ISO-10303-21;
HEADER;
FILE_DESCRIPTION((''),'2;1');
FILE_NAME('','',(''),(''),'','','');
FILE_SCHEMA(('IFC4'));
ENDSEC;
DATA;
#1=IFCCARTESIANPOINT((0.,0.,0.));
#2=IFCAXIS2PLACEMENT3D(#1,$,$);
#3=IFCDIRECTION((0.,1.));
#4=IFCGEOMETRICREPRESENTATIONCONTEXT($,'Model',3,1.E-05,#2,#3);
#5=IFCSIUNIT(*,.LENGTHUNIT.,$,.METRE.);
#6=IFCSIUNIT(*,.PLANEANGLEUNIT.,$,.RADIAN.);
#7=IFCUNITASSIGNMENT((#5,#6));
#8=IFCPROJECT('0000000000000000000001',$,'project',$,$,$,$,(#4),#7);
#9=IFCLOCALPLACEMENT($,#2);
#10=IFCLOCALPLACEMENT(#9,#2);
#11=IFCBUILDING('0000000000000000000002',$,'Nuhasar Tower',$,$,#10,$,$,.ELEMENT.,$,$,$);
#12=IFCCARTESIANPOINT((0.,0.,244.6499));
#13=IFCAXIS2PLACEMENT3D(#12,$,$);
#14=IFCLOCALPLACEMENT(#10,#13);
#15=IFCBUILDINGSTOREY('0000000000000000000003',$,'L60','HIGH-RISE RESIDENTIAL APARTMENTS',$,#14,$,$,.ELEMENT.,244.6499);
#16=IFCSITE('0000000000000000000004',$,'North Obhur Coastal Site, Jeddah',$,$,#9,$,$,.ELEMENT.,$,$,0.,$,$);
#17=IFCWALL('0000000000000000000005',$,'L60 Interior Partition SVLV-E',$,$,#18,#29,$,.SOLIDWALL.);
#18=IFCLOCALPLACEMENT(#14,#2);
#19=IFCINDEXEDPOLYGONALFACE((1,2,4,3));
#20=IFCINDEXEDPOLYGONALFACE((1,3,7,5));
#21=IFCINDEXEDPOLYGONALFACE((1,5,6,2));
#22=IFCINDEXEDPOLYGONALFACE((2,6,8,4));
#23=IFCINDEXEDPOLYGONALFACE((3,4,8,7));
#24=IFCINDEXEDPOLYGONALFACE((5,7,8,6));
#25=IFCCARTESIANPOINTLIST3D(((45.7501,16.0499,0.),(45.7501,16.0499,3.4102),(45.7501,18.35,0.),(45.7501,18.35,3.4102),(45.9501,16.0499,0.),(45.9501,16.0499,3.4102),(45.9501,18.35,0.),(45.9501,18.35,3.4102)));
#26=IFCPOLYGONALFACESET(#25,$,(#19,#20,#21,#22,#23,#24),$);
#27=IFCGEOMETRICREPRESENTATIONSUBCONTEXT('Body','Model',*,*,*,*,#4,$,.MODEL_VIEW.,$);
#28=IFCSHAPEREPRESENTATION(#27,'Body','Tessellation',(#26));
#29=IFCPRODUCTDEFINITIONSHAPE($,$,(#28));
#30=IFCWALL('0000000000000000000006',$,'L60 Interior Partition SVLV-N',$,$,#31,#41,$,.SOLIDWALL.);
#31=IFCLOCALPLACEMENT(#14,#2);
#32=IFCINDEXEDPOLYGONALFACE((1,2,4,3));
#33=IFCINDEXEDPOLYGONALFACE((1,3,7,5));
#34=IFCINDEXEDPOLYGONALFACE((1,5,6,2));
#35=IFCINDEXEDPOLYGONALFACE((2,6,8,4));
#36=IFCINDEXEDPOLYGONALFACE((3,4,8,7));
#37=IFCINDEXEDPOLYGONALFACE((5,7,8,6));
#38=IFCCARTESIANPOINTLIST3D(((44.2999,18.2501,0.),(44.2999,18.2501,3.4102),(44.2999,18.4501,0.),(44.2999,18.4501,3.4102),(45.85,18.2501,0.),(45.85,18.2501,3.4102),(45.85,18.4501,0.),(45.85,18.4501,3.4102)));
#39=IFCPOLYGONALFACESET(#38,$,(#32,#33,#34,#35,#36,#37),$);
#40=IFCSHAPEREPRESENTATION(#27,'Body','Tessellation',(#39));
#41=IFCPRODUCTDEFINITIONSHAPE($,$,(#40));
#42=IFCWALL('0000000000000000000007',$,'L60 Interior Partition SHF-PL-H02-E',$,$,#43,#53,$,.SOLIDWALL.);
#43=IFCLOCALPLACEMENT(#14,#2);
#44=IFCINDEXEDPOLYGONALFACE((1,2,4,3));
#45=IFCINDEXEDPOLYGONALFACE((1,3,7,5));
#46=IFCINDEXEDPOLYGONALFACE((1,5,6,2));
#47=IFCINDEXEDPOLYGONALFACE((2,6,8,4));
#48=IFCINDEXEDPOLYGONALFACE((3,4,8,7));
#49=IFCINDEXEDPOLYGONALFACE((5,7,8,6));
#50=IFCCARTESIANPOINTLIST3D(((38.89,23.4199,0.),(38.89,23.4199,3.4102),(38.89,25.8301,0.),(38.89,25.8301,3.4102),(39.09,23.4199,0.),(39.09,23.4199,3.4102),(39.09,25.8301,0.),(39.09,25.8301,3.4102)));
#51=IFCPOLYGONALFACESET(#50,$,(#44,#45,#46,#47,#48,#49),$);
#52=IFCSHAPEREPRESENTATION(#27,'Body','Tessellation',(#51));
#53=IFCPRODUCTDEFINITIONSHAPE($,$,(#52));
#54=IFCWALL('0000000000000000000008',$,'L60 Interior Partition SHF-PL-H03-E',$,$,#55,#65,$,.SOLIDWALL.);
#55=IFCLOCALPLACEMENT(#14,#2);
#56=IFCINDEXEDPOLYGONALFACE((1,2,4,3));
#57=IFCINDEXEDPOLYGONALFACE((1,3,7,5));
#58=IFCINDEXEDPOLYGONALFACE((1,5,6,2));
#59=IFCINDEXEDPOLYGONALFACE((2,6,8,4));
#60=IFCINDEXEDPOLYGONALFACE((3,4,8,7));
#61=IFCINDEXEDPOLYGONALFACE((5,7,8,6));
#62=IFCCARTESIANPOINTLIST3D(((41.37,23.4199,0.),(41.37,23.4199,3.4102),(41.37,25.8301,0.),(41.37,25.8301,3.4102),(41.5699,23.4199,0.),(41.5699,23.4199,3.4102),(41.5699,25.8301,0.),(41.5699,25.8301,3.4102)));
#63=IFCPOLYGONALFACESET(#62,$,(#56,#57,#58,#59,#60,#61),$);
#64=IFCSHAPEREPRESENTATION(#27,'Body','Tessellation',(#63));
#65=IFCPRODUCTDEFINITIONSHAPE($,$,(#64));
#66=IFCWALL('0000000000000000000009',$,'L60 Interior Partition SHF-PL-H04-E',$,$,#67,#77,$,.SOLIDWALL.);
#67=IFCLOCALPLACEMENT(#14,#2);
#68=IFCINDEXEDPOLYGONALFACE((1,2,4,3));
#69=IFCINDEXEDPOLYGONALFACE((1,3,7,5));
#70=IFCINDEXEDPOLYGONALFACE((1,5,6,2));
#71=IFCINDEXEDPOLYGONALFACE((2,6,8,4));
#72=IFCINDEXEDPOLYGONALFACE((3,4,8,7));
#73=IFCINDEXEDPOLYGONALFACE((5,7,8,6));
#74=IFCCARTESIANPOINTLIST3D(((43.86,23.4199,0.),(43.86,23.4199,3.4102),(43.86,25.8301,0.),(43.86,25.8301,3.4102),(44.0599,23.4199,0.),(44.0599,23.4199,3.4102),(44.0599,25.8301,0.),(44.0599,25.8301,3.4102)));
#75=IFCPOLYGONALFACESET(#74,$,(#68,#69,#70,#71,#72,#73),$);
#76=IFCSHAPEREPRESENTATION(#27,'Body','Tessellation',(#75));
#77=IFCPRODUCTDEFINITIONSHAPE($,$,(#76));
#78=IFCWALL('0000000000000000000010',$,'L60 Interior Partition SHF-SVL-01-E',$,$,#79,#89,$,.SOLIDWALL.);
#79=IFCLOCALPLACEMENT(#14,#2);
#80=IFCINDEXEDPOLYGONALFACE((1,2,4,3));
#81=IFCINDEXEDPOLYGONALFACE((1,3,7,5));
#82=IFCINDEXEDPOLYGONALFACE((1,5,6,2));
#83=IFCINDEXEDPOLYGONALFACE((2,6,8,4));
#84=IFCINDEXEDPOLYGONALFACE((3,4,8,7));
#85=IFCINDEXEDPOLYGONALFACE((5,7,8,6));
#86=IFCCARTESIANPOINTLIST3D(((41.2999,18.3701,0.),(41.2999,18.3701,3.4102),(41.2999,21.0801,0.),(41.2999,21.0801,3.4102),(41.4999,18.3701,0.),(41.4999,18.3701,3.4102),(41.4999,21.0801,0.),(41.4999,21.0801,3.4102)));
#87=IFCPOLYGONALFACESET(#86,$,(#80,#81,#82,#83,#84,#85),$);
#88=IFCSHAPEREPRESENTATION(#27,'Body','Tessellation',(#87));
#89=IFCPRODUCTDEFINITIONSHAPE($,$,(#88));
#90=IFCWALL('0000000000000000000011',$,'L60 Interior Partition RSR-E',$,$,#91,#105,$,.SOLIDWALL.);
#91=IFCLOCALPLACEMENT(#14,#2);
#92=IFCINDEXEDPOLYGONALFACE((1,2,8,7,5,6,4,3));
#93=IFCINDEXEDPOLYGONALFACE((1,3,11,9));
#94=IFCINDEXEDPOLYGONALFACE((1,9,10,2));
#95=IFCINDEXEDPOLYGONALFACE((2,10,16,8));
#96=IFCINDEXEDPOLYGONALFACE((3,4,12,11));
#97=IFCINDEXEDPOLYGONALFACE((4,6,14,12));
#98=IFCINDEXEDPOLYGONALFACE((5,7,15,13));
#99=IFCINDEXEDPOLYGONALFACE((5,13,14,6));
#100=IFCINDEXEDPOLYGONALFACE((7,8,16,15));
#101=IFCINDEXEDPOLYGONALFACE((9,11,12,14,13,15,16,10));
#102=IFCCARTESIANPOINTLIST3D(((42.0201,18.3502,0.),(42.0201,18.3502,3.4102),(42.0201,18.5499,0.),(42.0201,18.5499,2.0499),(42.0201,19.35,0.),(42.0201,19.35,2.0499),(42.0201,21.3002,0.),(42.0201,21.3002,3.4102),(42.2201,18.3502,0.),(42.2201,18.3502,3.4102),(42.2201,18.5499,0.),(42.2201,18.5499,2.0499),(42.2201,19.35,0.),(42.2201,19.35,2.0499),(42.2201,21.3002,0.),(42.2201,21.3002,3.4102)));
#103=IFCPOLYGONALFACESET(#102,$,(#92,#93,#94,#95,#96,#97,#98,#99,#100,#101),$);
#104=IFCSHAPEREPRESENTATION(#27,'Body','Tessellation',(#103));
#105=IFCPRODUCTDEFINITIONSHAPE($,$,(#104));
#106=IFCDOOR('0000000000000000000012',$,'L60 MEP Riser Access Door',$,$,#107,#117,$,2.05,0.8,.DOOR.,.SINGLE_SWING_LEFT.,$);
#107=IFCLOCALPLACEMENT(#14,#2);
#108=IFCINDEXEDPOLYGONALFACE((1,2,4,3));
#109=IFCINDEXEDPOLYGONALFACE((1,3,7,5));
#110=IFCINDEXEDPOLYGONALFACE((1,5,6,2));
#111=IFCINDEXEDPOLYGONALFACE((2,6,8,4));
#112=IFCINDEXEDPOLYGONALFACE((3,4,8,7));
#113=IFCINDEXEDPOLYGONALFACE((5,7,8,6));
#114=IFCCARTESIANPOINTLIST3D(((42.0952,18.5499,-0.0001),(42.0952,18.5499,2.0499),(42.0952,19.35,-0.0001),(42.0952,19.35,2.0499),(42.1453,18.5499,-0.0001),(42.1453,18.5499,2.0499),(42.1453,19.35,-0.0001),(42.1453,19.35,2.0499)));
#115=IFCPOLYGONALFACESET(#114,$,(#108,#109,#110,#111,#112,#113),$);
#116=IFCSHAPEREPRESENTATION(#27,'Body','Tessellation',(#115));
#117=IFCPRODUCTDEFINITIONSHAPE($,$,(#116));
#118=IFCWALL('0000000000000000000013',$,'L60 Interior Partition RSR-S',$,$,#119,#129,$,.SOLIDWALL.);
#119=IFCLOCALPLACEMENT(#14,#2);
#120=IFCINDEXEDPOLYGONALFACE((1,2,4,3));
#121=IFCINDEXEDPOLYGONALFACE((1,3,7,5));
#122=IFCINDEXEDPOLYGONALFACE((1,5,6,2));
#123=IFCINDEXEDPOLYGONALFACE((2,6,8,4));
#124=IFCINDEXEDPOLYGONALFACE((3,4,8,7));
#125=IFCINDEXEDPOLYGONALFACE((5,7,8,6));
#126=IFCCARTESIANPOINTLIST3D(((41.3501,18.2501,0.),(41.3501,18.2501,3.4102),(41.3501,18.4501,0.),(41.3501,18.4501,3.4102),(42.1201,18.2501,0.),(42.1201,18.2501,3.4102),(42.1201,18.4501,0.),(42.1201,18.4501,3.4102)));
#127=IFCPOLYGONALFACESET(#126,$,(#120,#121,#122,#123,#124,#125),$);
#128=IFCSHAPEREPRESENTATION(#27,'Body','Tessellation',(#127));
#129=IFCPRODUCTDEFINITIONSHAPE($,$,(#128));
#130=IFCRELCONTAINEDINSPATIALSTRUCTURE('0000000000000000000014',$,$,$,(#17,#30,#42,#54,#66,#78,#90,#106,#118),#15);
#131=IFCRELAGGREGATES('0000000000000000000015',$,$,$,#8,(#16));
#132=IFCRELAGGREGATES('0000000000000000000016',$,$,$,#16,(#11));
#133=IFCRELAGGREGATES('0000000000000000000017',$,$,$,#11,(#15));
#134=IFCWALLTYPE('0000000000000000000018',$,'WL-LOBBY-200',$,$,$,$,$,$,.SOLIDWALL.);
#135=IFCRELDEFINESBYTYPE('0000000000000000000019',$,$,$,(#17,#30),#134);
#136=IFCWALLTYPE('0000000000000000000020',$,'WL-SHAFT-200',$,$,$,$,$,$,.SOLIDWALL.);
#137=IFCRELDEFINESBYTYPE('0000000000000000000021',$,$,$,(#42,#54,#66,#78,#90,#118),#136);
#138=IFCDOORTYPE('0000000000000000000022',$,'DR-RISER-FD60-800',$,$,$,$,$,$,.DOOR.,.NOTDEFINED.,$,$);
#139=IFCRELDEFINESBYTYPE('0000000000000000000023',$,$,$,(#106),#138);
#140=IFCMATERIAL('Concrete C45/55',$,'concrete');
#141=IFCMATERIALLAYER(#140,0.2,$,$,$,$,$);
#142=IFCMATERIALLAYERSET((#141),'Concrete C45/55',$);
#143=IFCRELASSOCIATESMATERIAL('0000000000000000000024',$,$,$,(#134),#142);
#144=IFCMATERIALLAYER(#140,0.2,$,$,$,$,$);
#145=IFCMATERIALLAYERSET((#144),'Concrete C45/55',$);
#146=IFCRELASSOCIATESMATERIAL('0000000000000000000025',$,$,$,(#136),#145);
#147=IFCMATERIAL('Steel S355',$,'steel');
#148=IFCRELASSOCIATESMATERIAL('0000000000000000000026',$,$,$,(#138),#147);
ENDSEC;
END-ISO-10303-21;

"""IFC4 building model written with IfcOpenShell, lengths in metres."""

from ifc_helpers import new_model, si_unit, direction, frame, frame_2d, origin, place, context, subcontext, project, spatial, rectangle, extrude, material, layer, layer_set, type_object, element, fill, save


model = new_model("IFC4")

# Units and contexts
model_context = context("Model", 3, precision=1e-05, world=origin(), true_north=direction((0.0, 1.0)))
body_context = subcontext(model_context, "Body", "Model", "MODEL_VIEW")
ifc_project = project(units=[si_unit("LENGTHUNIT", "METRE"), si_unit("PLANEANGLEUNIT", "RADIAN")], contexts=[model_context])

# Site, building, storey
site_placement = place(None, origin())
site = spatial("IfcSite", under=ifc_project, at=site_placement, Name="North Obhur Coastal Site, Jeddah", CompositionType="ELEMENT", RefElevation=0.0)
building_placement = place(site_placement, origin())
building = spatial("IfcBuilding", under=site, at=building_placement, Name="Nuhasar Tower", CompositionType="ELEMENT")
storey_placement = place(building_placement, frame((0.0, 0.0, 244.6499)))
storey = spatial("IfcBuildingStorey", under=building, at=storey_placement, Name="L60", Description="HIGH-RISE RESIDENTIAL APARTMENTS", CompositionType="ELEMENT", Elevation=244.6499)

# Shared definitions
ifc_material_1 = material(Name="Steel S355", Category="steel")

# Shared definitions
ifc_material_2 = material(Name="Concrete C45/55", Category="concrete")
ifc_layer_1 = layer(ifc_material_2, 0.2)
ifc_layer_set_1 = layer_set([ifc_layer_1], Name="Concrete C45/55")
wall_type_1 = type_object("IfcWallType", Name="WL-LOBBY-200", PredefinedType="SOLIDWALL", material=ifc_layer_set_1)

# Walls
wall_1_placement = place(storey_placement, frame((45.8501, 16.05, 0.0), z_axis=(0.0, 0.0, 1.0), x_axis=(0.0, 1.0, 0.0)))
element("IfcWall", 1, at=wall_1_placement, inside=storey, type_object=wall_type_1, Name="L60 Interior Partition SVLV-E", PredefinedType="SOLIDWALL", context=body_context, shape_type="SweptSolid", body=[
    extrude(rectangle(XDim=2.3, YDim=0.2, at=frame_2d((1.1499, 0.0))), origin(), (0.0, 0.0, 1.0), 3.4102),
])
wall_2_placement = place(storey_placement, frame((44.3, 18.3501, 0.0), z_axis=(0.0, 0.0, 1.0), x_axis=(1.0, 0.0, 0.0)))
element("IfcWall", 2, at=wall_2_placement, inside=storey, type_object=wall_type_1, Name="L60 Interior Partition SVLV-N", PredefinedType="SOLIDWALL", context=body_context, shape_type="SweptSolid", body=[
    extrude(rectangle(XDim=1.55, YDim=0.2, at=frame_2d((0.7749, 0.0))), origin(), (0.0, 0.0, 1.0), 3.4102),
])
ifc_layer_2 = layer(ifc_material_2, 0.2)
ifc_layer_set_2 = layer_set([ifc_layer_2], Name="Concrete C45/55")
wall_type_2 = type_object("IfcWallType", Name="WL-SHAFT-200", PredefinedType="SOLIDWALL", material=ifc_layer_set_2)
wall_3_placement = place(storey_placement, frame((38.99, 23.4199, 0.0), z_axis=(0.0, 0.0, 1.0), x_axis=(0.0, 1.0, 0.0)))
element("IfcWall", 3, at=wall_3_placement, inside=storey, type_object=wall_type_2, Name="L60 Interior Partition SHF-PL-H02-E", PredefinedType="SOLIDWALL", context=body_context, shape_type="SweptSolid", body=[
    extrude(rectangle(XDim=2.4102, YDim=0.2, at=frame_2d((1.2051, 0.0))), origin(), (0.0, 0.0, 1.0), 3.4102),
])

# Wall
wall_4_placement = place(storey_placement, frame((41.47, 23.4199, 0.0), z_axis=(0.0, 0.0, 1.0), x_axis=(0.0, 1.0, 0.0)))
element("IfcWall", 4, at=wall_4_placement, inside=storey, type_object=wall_type_2, Name="L60 Interior Partition SHF-PL-H03-E", PredefinedType="SOLIDWALL", context=body_context, shape_type="SweptSolid", body=[
    extrude(rectangle(XDim=2.4102, YDim=0.2, at=frame_2d((1.2051, 0.0))), origin(), (0.0, 0.0, 1.0), 3.4102),
])

# Walls
wall_5_placement = place(storey_placement, frame((43.96, 23.4199, 0.0), z_axis=(0.0, 0.0, 1.0), x_axis=(0.0, 1.0, 0.0)))
element("IfcWall", 5, at=wall_5_placement, inside=storey, type_object=wall_type_2, Name="L60 Interior Partition SHF-PL-H04-E", PredefinedType="SOLIDWALL", context=body_context, shape_type="SweptSolid", body=[
    extrude(rectangle(XDim=2.4102, YDim=0.2, at=frame_2d((1.2051, 0.0))), origin(), (0.0, 0.0, 1.0), 3.4102),
])
wall_6_placement = place(storey_placement, frame((41.3999, 18.3701, 0.0), z_axis=(0.0, 0.0, 1.0), x_axis=(0.0, 1.0, 0.0)))
element("IfcWall", 6, at=wall_6_placement, inside=storey, type_object=wall_type_2, Name="L60 Interior Partition SHF-SVL-01-E", PredefinedType="SOLIDWALL", context=body_context, shape_type="SweptSolid", body=[
    extrude(rectangle(XDim=2.71, YDim=0.2, at=frame_2d((1.355, 0.0))), origin(), (0.0, 0.0, 1.0), 3.4102),
])

# Wall, opening, door
wall_7_placement = place(storey_placement, frame((42.1201, 18.3501, 0.0), z_axis=(0.0, 0.0, 1.0), x_axis=(0.0, 1.0, 0.0)))
wall_7 = element("IfcWall", 7, at=wall_7_placement, inside=storey, type_object=wall_type_2, Name="L60 Interior Partition RSR-E", PredefinedType="SOLIDWALL", context=body_context, shape_type="SweptSolid", body=[
    extrude(rectangle(XDim=2.95, YDim=0.2, at=frame_2d((1.4751, 0.0))), origin(), (0.0, 0.0, 1.0), 3.4102),
])
opening_1_placement = place(wall_7_placement, frame((0.2, 0.0, 0.0)))
opening_1 = element("IfcOpeningElement", 8, at=opening_1_placement, cuts=wall_7, PredefinedType="OPENING", context=body_context, shape_type="SweptSolid", body=[
    extrude(rectangle(XDim=0.8, YDim=2.05, at=frame_2d((0.3999, 1.0249))), frame((0.0, 0.1099, 0.0), z_axis=(0.0, -1.0, 0.0), x_axis=(1.0, 0.0, 0.0)), (0.0, 0.0, 1.0), 0.22),
])
door_type_1 = type_object("IfcDoorType", Name="DR-RISER-FD60-800", OperationType="NOTDEFINED", PredefinedType="DOOR", material=ifc_material_1)
door_1_placement = place(opening_1_placement, origin())
door_1 = element("IfcDoor", 9, at=door_1_placement, inside=storey, type_object=door_type_1, Name="L60 MEP Riser Access Door", OperationType="SINGLE_SWING_LEFT", OverallHeight=2.05, OverallWidth=0.8, PredefinedType="DOOR", context=body_context, shape_type="SweptSolid", body=[
    extrude(rectangle(XDim=0.8, YDim=2.05, at=frame_2d((0.3999, 1.0249))), frame((0.0, 0.0249, 0.0), z_axis=(0.0, -1.0, 0.0), x_axis=(1.0, 0.0, 0.0)), (0.0, 0.0, 1.0), 0.05),
])
fill(opening_1, door_1)

# Wall
wall_8_placement = place(storey_placement, frame((41.3501, 18.3501, 0.0), z_axis=(0.0, 0.0, 1.0), x_axis=(1.0, 0.0, 0.0)))
element("IfcWall", 10, at=wall_8_placement, inside=storey, type_object=wall_type_2, Name="L60 Interior Partition RSR-S", PredefinedType="SOLIDWALL", context=body_context, shape_type="SweptSolid", body=[
    extrude(rectangle(XDim=0.77, YDim=0.2, at=frame_2d((0.385, 0.0))), origin(), (0.0, 0.0, 1.0), 3.4102),
])

save(model, "model.ifc")
